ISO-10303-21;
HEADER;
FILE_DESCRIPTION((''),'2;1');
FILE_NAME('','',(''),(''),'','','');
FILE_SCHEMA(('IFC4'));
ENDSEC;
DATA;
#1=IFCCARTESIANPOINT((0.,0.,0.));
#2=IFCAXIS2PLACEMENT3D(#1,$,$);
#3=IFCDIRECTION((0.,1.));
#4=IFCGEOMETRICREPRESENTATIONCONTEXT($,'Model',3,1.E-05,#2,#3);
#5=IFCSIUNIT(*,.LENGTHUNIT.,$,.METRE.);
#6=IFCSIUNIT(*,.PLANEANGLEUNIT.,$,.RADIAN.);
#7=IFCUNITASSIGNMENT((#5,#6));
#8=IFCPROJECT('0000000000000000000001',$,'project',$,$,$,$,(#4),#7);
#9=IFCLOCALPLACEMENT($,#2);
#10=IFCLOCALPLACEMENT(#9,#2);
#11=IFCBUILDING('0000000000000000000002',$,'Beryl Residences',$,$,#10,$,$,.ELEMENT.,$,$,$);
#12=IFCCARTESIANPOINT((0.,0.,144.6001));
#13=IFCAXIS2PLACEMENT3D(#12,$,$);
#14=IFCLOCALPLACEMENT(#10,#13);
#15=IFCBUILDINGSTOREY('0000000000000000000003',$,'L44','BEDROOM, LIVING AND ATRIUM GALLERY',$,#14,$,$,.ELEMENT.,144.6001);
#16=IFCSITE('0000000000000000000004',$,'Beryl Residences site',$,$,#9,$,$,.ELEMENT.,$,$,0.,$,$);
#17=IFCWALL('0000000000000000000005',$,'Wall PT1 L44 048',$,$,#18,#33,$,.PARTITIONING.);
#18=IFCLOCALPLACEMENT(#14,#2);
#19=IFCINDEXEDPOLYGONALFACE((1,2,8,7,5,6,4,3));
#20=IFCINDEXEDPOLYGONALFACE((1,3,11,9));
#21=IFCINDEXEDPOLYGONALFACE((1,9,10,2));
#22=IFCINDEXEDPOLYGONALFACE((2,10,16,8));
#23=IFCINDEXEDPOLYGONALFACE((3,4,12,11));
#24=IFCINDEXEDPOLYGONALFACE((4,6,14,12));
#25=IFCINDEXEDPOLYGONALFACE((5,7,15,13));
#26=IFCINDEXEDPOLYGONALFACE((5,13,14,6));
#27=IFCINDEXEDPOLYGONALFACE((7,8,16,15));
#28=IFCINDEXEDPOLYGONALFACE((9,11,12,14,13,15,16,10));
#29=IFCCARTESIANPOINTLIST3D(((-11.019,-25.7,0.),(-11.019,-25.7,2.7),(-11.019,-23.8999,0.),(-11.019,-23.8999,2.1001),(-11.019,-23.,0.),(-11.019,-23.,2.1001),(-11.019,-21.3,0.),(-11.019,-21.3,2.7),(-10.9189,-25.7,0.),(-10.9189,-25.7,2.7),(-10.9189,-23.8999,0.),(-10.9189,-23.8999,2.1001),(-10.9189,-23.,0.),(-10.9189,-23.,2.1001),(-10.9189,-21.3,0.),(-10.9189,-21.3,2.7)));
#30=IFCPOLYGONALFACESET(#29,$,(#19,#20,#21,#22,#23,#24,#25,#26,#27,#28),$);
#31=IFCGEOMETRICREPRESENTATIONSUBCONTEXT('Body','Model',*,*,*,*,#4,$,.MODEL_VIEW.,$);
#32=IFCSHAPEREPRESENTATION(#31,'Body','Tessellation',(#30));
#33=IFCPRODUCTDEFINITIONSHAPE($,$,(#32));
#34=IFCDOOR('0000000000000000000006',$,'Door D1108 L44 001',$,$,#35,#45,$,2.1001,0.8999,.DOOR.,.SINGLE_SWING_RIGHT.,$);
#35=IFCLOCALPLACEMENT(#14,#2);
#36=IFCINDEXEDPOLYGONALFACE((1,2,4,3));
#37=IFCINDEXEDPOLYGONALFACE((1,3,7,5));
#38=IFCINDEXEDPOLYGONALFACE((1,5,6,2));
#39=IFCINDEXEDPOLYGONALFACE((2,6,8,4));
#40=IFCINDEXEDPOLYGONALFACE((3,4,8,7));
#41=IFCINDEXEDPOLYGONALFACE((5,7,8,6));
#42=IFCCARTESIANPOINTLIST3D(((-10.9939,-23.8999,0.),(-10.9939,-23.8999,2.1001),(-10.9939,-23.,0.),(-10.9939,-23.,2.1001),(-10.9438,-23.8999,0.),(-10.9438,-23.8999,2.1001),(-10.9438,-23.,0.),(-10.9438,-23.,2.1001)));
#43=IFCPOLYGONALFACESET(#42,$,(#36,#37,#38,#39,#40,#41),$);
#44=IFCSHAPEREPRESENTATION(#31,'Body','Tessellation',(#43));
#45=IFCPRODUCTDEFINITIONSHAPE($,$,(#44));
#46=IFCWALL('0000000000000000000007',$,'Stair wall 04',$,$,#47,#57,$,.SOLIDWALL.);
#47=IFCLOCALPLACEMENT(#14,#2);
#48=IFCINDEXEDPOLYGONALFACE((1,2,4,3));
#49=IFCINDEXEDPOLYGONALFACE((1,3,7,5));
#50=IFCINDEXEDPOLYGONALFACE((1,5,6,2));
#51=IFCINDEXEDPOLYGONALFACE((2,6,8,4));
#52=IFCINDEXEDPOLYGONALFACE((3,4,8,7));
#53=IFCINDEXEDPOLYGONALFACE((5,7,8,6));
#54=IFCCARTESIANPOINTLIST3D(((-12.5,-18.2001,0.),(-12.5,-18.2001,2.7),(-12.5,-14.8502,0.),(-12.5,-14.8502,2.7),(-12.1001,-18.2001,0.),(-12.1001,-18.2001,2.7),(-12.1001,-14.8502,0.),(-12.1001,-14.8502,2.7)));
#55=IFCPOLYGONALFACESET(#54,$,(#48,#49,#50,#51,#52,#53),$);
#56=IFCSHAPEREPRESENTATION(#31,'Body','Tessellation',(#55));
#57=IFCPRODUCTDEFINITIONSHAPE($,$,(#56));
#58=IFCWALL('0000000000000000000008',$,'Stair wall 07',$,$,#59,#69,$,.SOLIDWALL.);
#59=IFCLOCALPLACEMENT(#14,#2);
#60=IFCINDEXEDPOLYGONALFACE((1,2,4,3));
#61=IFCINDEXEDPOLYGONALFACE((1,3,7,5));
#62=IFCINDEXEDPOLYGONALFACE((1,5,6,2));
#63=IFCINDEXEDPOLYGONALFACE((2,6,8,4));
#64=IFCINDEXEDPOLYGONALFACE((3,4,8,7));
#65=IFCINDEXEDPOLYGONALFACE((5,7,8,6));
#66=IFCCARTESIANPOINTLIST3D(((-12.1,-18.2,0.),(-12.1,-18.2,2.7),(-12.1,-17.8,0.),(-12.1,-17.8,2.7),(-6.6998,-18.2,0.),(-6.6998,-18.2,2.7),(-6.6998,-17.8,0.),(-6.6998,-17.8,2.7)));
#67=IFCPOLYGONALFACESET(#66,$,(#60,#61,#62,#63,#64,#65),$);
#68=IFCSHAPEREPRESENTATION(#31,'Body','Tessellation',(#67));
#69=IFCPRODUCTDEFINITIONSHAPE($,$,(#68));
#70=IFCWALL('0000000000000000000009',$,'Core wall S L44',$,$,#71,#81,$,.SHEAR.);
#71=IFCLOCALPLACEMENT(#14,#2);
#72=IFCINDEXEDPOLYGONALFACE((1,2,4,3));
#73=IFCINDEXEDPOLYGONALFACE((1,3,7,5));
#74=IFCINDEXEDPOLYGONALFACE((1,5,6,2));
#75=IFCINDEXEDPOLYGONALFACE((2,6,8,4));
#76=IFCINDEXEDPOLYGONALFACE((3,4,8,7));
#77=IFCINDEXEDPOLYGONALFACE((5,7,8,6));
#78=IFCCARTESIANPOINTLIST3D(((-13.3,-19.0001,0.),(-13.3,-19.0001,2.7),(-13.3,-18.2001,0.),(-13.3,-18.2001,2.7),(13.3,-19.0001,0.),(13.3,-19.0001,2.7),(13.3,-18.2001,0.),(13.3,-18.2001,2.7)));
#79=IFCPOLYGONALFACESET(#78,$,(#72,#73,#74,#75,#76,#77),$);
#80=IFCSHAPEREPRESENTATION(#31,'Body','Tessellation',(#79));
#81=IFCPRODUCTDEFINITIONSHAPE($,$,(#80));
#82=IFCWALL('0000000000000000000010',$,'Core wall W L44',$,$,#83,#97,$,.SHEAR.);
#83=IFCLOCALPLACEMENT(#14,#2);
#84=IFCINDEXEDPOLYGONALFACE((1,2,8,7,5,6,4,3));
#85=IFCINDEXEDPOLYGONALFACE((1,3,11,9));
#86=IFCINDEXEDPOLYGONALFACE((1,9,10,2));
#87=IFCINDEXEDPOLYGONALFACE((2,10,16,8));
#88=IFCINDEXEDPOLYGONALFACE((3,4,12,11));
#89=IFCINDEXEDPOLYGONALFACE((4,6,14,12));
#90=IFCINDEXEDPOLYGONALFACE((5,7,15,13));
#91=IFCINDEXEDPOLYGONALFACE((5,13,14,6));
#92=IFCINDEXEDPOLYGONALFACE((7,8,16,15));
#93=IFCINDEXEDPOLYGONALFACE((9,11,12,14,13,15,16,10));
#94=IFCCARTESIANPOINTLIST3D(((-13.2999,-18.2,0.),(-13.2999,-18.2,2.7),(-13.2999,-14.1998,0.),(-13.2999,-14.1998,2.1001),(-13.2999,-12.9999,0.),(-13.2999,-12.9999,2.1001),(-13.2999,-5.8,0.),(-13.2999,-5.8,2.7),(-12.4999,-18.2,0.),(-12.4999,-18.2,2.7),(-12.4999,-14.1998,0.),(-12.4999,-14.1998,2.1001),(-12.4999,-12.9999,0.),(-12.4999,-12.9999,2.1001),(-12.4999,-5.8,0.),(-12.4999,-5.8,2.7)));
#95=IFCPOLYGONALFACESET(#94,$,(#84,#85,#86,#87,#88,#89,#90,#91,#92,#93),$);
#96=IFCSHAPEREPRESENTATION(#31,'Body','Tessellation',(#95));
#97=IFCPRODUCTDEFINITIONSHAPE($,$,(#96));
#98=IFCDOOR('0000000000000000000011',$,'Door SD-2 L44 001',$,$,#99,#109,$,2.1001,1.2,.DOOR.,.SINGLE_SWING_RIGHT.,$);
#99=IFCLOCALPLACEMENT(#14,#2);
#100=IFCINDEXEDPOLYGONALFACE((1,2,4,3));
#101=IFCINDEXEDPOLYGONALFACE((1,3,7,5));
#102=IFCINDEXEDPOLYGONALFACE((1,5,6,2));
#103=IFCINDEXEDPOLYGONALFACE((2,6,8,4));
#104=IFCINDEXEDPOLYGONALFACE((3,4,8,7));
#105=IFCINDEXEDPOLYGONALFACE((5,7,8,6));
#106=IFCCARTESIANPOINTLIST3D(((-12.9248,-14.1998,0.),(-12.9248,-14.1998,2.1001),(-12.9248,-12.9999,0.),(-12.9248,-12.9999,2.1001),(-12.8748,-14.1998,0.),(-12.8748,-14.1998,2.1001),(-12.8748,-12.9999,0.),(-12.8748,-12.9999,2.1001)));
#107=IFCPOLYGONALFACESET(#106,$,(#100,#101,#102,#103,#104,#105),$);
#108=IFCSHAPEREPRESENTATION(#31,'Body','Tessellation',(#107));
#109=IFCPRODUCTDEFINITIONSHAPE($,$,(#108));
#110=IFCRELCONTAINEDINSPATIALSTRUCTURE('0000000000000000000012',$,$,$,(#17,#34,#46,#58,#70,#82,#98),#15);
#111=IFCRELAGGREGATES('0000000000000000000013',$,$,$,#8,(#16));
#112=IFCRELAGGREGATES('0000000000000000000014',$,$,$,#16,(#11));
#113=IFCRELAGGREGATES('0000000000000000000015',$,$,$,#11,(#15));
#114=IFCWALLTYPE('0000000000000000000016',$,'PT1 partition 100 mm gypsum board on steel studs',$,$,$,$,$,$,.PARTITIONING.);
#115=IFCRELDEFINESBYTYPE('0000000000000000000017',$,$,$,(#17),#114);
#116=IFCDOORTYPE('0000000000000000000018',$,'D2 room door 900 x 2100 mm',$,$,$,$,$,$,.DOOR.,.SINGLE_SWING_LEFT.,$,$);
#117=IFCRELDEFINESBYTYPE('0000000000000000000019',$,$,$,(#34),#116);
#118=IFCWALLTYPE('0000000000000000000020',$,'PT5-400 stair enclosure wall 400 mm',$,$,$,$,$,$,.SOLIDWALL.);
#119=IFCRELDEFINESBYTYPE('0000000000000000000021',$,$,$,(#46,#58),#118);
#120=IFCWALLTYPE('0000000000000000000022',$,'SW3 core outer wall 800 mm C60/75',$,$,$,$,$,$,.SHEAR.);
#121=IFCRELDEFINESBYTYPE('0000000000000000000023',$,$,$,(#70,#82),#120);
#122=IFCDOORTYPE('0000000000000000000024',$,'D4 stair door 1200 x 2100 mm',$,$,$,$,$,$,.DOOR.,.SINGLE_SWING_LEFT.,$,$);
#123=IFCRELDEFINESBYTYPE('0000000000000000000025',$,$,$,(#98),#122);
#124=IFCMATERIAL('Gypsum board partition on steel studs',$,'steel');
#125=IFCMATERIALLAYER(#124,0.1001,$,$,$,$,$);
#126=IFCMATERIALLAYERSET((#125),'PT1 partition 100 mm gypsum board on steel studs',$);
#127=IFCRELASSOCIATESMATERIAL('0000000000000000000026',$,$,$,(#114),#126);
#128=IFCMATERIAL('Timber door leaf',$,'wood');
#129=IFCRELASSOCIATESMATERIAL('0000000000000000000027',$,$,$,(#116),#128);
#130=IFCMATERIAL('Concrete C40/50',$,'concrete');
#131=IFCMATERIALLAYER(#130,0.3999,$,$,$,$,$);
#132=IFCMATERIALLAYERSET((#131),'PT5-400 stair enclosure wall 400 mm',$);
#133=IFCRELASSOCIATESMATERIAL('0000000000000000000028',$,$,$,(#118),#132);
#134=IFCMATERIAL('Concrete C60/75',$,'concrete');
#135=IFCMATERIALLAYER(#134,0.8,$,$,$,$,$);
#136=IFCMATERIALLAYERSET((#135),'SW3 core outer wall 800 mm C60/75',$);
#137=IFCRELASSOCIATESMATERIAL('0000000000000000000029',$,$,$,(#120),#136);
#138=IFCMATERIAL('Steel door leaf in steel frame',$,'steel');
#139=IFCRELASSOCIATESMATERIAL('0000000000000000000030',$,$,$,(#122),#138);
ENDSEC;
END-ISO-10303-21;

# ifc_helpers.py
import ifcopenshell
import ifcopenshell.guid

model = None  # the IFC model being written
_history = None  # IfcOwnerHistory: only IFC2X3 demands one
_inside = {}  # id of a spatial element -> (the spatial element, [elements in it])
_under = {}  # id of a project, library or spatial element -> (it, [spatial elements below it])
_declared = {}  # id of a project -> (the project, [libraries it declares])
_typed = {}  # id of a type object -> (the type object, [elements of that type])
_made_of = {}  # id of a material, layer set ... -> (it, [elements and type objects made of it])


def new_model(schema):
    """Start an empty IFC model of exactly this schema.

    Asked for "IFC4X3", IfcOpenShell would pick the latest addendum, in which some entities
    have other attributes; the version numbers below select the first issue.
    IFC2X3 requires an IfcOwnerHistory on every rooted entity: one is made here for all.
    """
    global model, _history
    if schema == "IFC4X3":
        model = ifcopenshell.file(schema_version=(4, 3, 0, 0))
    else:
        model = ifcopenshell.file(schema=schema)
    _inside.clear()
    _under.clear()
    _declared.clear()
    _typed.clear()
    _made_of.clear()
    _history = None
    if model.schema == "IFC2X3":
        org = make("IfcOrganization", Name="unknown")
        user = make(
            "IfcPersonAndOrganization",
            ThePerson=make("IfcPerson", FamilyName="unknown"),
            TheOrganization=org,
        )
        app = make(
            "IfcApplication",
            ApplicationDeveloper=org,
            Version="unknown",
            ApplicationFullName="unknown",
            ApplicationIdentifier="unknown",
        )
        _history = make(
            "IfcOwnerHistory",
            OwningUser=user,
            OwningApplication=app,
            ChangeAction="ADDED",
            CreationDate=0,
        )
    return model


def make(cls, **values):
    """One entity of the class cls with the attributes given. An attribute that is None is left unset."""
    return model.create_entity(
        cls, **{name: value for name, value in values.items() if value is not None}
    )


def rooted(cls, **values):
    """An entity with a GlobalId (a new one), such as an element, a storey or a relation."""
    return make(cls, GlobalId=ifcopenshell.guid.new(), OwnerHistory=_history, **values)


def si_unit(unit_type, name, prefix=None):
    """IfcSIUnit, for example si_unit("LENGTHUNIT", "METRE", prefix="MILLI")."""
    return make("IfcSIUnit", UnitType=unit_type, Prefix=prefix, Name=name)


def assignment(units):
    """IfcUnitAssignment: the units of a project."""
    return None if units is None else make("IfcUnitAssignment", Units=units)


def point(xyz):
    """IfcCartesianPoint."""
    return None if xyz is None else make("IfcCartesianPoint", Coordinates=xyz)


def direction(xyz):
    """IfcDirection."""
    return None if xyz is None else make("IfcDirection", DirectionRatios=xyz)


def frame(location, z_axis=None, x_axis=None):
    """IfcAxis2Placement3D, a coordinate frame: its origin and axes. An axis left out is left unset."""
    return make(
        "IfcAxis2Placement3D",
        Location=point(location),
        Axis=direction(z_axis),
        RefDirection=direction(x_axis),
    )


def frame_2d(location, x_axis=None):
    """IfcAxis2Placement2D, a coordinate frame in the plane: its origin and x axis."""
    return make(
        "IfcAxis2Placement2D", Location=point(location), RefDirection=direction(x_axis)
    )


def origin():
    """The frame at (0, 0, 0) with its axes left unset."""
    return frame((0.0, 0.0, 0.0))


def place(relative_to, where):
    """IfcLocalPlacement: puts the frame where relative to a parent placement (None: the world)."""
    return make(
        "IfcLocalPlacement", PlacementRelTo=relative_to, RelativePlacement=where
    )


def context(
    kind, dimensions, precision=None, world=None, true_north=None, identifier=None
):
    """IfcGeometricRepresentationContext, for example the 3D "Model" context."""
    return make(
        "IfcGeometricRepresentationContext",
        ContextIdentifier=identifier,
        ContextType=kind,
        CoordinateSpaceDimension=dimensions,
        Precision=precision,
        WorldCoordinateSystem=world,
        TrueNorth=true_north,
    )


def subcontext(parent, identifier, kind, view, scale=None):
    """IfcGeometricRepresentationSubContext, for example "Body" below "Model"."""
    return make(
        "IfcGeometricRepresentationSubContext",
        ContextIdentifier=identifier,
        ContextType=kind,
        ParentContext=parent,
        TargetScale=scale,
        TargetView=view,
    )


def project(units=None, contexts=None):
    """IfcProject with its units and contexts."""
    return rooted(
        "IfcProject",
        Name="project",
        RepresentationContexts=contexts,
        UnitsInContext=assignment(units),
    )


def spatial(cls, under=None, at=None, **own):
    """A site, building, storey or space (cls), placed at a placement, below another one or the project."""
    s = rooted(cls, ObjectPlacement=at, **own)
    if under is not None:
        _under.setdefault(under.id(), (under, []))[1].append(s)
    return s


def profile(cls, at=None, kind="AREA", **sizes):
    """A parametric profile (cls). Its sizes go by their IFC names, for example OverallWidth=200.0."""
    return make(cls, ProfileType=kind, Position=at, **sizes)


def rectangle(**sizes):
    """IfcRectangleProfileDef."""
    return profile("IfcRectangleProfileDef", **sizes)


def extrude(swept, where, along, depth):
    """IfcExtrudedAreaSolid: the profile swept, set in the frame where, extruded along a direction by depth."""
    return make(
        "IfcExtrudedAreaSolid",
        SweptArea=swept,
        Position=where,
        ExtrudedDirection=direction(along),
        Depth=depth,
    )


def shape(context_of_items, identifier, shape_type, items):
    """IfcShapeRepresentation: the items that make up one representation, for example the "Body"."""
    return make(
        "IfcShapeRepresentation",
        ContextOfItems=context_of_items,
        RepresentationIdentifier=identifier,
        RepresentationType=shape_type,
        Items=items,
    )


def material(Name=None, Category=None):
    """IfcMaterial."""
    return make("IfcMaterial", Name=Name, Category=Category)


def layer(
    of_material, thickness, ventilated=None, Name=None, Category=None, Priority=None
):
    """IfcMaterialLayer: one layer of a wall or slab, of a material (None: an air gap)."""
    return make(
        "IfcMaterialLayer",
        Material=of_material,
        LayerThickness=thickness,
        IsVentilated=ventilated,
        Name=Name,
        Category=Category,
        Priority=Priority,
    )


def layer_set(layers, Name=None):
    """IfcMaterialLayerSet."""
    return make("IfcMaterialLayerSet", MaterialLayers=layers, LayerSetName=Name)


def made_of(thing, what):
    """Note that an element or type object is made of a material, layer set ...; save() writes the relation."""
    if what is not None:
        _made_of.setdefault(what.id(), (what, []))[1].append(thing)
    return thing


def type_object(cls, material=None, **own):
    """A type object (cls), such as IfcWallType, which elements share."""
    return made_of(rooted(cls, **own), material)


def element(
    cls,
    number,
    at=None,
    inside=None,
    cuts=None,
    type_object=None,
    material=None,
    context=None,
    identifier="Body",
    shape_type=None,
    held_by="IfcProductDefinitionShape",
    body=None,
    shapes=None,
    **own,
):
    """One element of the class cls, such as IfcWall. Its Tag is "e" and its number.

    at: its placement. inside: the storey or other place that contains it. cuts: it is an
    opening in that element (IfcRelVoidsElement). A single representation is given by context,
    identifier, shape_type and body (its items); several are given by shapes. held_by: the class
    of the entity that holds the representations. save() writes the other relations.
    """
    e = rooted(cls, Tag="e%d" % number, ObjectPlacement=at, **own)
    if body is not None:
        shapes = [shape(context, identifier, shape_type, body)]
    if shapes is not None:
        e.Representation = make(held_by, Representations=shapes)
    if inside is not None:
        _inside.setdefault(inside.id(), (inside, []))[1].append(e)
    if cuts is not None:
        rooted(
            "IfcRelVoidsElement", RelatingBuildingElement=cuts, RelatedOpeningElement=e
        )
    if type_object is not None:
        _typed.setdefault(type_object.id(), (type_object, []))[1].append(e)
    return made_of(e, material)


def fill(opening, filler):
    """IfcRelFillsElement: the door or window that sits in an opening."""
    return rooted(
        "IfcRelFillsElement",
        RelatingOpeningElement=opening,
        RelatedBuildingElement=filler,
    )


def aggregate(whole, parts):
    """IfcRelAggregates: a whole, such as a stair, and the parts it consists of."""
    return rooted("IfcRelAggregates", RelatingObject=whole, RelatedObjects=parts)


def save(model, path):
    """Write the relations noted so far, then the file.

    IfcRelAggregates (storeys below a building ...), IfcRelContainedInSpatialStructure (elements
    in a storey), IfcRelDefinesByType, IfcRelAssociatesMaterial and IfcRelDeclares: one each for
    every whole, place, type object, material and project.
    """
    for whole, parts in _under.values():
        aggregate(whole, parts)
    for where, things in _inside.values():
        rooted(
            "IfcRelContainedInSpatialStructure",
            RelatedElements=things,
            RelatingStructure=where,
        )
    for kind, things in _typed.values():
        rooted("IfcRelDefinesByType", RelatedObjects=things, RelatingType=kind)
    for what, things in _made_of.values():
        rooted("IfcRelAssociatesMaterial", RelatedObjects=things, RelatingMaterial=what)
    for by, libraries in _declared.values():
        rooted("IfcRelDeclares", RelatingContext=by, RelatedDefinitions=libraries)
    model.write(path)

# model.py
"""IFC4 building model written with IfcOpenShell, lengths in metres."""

from ifc_helpers import new_model, si_unit, direction, frame, frame_2d, origin, place, context, subcontext, project, spatial, rectangle, extrude, material, layer, layer_set, type_object, element, fill, save


model = new_model("IFC4")

# Units and contexts
model_context = context("Model", 3, precision=1e-05, world=origin(), true_north=direction((0.0, 1.0)))
body_context = subcontext(model_context, "Body", "Model", "MODEL_VIEW")
ifc_project = project(units=[si_unit("LENGTHUNIT", "METRE"), si_unit("PLANEANGLEUNIT", "RADIAN")], contexts=[model_context])

# Site, building, storey
site_placement = place(None, origin())
site = spatial("IfcSite", under=ifc_project, at=site_placement, Name="Beryl Residences site", CompositionType="ELEMENT", RefElevation=0.0)
building_placement = place(site_placement, origin())
building = spatial("IfcBuilding", under=site, at=building_placement, Name="Beryl Residences", CompositionType="ELEMENT")
storey_placement = place(building_placement, frame((0.0, 0.0, 144.6001)))
storey = spatial("IfcBuildingStorey", under=building, at=storey_placement, Name="L44", Description="BEDROOM, LIVING AND ATRIUM GALLERY", CompositionType="ELEMENT", Elevation=144.6001)

# Wall, opening, door
ifc_material_1 = material(Name="Gypsum board partition on steel studs", Category="steel")
ifc_layer_1 = layer(ifc_material_1, 0.1001)
ifc_layer_set_1 = layer_set([ifc_layer_1], Name="PT1 partition 100 mm gypsum board on steel studs")
wall_type_1 = type_object("IfcWallType", Name="PT1 partition 100 mm gypsum board on steel studs", PredefinedType="PARTITIONING", material=ifc_layer_set_1)
wall_1_placement = place(storey_placement, frame((-10.969, -25.7, 0.0), z_axis=(0.0, 0.0, 1.0), x_axis=(0.0, 1.0, 0.0)))
wall_1 = element("IfcWall", 1, at=wall_1_placement, inside=storey, type_object=wall_type_1, Name="Wall PT1 L44 048", PredefinedType="PARTITIONING", context=body_context, shape_type="SweptSolid", body=[
    extrude(rectangle(XDim=4.3999, YDim=0.1001, at=frame_2d((2.2, 0.0))), origin(), (0.0, 0.0, 1.0), 2.7),
])
opening_1_placement = place(wall_1_placement, frame((1.8, 0.0, 0.0)))
opening_1 = element("IfcOpeningElement", 2, at=opening_1_placement, cuts=wall_1, PredefinedType="OPENING", context=body_context, shape_type="SweptSolid", body=[
    extrude(rectangle(XDim=0.8999, YDim=2.1001, at=frame_2d((0.45, 1.05))), frame((0.0, 0.0601, 0.0), z_axis=(0.0, -1.0, 0.0), x_axis=(1.0, 0.0, 0.0)), (0.0, 0.0, 1.0), 0.1201),
])
ifc_material_2 = material(Name="Timber door leaf", Category="wood")
door_type_1 = type_object("IfcDoorType", Name="D2 room door 900 x 2100 mm", OperationType="SINGLE_SWING_LEFT", PredefinedType="DOOR", material=ifc_material_2)
door_1_placement = place(opening_1_placement, origin())
door_1 = element("IfcDoor", 3, at=door_1_placement, inside=storey, type_object=door_type_1, Name="Door D1108 L44 001", OperationType="SINGLE_SWING_RIGHT", OverallHeight=2.1001, OverallWidth=0.8999, PredefinedType="DOOR", context=body_context, shape_type="SweptSolid", body=[
    extrude(rectangle(XDim=0.8999, YDim=2.1001, at=frame_2d((0.45, 1.05))), frame((0.0, 0.0249, 0.0), z_axis=(0.0, -1.0, 0.0), x_axis=(1.0, 0.0, 0.0)), (0.0, 0.0, 1.0), 0.05),
])
fill(opening_1, door_1)

# Walls
ifc_material_3 = material(Name="Concrete C40/50", Category="concrete")
ifc_layer_2 = layer(ifc_material_3, 0.3999)
ifc_layer_set_2 = layer_set([ifc_layer_2], Name="PT5-400 stair enclosure wall 400 mm")
wall_type_2 = type_object("IfcWallType", Name="PT5-400 stair enclosure wall 400 mm", PredefinedType="SOLIDWALL", material=ifc_layer_set_2)
wall_2_placement = place(storey_placement, frame((-12.3, -18.2, 0.0), z_axis=(0.0, 0.0, 1.0), x_axis=(0.0, 1.0, 0.0)))
element("IfcWall", 4, at=wall_2_placement, inside=storey, type_object=wall_type_2, Name="Stair wall 04", PredefinedType="SOLIDWALL", context=body_context, shape_type="SweptSolid", body=[
    extrude(rectangle(XDim=3.3499, YDim=0.3999, at=frame_2d((1.6748, 0.0))), origin(), (0.0, 0.0, 1.0), 2.7),
])
wall_3_placement = place(storey_placement, frame((-12.1001, -18.0, 0.0), z_axis=(0.0, 0.0, 1.0), x_axis=(1.0, 0.0, 0.0)))
element("IfcWall", 5, at=wall_3_placement, inside=storey, type_object=wall_type_2, Name="Stair wall 07", PredefinedType="SOLIDWALL", context=body_context, shape_type="SweptSolid", body=[
    extrude(rectangle(XDim=5.4001, YDim=0.3999, at=frame_2d((2.7002, 0.0))), origin(), (0.0, 0.0, 1.0), 2.7),
])
ifc_material_4 = material(Name="Concrete C60/75", Category="concrete")
ifc_layer_3 = layer(ifc_material_4, 0.8)
ifc_layer_set_3 = layer_set([ifc_layer_3], Name="SW3 core outer wall 800 mm C60/75")
wall_type_3 = type_object("IfcWallType", Name="SW3 core outer wall 800 mm C60/75", PredefinedType="SHEAR", material=ifc_layer_set_3)
wall_4_placement = place(storey_placement, frame((-13.3, -18.6001, 0.0), z_axis=(0.0, 0.0, 1.0), x_axis=(1.0, 0.0, 0.0)))
element("IfcWall", 6, at=wall_4_placement, inside=storey, type_object=wall_type_3, Name="Core wall S L44", PredefinedType="SHEAR", context=body_context, shape_type="SweptSolid", body=[
    extrude(rectangle(XDim=26.6001, YDim=0.8, at=frame_2d((13.3, 0.0))), origin(), (0.0, 0.0, 1.0), 2.7),
])

# Wall, opening, door
wall_5_placement = place(storey_placement, frame((-12.8999, -18.2, 0.0), z_axis=(0.0, 0.0, 1.0), x_axis=(0.0, 1.0, 0.0)))
wall_5 = element("IfcWall", 7, at=wall_5_placement, inside=storey, type_object=wall_type_3, Name="Core wall W L44", PredefinedType="SHEAR", context=body_context, shape_type="SweptSolid", body=[
    extrude(rectangle(XDim=12.3999, YDim=0.8, at=frame_2d((6.2, 0.0))), origin(), (0.0, 0.0, 1.0), 2.7),
])
opening_2_placement = place(wall_5_placement, frame((4.0, 0.0, 0.0)))
opening_2 = element("IfcOpeningElement", 8, at=opening_2_placement, cuts=wall_5, PredefinedType="OPENING", context=body_context, shape_type="SweptSolid", body=[
    extrude(rectangle(XDim=1.2, YDim=2.1001, at=frame_2d((0.6001, 1.05))), frame((0.0, 0.4099, 0.0), z_axis=(0.0, -1.0, 0.0), x_axis=(1.0, 0.0, 0.0)), (0.0, 0.0, 1.0), 0.8201),
])
ifc_material_5 = material(Name="Steel door leaf in steel frame", Category="steel")
door_type_2 = type_object("IfcDoorType", Name="D4 stair door 1200 x 2100 mm", OperationType="SINGLE_SWING_LEFT", PredefinedType="DOOR", material=ifc_material_5)
door_2_placement = place(opening_2_placement, origin())
door_2 = element("IfcDoor", 9, at=door_2_placement, inside=storey, type_object=door_type_2, Name="Door SD-2 L44 001", OperationType="SINGLE_SWING_RIGHT", OverallHeight=2.1001, OverallWidth=1.2, PredefinedType="DOOR", context=body_context, shape_type="SweptSolid", body=[
    extrude(rectangle(XDim=1.2, YDim=2.1001, at=frame_2d((0.6001, 1.05))), frame((0.0, 0.0249, 0.0), z_axis=(0.0, -1.0, 0.0), x_axis=(1.0, 0.0, 0.0)), (0.0, 0.0, 1.0), 0.05),
])
fill(opening_2, door_2)

save(model, "model.ifc")
